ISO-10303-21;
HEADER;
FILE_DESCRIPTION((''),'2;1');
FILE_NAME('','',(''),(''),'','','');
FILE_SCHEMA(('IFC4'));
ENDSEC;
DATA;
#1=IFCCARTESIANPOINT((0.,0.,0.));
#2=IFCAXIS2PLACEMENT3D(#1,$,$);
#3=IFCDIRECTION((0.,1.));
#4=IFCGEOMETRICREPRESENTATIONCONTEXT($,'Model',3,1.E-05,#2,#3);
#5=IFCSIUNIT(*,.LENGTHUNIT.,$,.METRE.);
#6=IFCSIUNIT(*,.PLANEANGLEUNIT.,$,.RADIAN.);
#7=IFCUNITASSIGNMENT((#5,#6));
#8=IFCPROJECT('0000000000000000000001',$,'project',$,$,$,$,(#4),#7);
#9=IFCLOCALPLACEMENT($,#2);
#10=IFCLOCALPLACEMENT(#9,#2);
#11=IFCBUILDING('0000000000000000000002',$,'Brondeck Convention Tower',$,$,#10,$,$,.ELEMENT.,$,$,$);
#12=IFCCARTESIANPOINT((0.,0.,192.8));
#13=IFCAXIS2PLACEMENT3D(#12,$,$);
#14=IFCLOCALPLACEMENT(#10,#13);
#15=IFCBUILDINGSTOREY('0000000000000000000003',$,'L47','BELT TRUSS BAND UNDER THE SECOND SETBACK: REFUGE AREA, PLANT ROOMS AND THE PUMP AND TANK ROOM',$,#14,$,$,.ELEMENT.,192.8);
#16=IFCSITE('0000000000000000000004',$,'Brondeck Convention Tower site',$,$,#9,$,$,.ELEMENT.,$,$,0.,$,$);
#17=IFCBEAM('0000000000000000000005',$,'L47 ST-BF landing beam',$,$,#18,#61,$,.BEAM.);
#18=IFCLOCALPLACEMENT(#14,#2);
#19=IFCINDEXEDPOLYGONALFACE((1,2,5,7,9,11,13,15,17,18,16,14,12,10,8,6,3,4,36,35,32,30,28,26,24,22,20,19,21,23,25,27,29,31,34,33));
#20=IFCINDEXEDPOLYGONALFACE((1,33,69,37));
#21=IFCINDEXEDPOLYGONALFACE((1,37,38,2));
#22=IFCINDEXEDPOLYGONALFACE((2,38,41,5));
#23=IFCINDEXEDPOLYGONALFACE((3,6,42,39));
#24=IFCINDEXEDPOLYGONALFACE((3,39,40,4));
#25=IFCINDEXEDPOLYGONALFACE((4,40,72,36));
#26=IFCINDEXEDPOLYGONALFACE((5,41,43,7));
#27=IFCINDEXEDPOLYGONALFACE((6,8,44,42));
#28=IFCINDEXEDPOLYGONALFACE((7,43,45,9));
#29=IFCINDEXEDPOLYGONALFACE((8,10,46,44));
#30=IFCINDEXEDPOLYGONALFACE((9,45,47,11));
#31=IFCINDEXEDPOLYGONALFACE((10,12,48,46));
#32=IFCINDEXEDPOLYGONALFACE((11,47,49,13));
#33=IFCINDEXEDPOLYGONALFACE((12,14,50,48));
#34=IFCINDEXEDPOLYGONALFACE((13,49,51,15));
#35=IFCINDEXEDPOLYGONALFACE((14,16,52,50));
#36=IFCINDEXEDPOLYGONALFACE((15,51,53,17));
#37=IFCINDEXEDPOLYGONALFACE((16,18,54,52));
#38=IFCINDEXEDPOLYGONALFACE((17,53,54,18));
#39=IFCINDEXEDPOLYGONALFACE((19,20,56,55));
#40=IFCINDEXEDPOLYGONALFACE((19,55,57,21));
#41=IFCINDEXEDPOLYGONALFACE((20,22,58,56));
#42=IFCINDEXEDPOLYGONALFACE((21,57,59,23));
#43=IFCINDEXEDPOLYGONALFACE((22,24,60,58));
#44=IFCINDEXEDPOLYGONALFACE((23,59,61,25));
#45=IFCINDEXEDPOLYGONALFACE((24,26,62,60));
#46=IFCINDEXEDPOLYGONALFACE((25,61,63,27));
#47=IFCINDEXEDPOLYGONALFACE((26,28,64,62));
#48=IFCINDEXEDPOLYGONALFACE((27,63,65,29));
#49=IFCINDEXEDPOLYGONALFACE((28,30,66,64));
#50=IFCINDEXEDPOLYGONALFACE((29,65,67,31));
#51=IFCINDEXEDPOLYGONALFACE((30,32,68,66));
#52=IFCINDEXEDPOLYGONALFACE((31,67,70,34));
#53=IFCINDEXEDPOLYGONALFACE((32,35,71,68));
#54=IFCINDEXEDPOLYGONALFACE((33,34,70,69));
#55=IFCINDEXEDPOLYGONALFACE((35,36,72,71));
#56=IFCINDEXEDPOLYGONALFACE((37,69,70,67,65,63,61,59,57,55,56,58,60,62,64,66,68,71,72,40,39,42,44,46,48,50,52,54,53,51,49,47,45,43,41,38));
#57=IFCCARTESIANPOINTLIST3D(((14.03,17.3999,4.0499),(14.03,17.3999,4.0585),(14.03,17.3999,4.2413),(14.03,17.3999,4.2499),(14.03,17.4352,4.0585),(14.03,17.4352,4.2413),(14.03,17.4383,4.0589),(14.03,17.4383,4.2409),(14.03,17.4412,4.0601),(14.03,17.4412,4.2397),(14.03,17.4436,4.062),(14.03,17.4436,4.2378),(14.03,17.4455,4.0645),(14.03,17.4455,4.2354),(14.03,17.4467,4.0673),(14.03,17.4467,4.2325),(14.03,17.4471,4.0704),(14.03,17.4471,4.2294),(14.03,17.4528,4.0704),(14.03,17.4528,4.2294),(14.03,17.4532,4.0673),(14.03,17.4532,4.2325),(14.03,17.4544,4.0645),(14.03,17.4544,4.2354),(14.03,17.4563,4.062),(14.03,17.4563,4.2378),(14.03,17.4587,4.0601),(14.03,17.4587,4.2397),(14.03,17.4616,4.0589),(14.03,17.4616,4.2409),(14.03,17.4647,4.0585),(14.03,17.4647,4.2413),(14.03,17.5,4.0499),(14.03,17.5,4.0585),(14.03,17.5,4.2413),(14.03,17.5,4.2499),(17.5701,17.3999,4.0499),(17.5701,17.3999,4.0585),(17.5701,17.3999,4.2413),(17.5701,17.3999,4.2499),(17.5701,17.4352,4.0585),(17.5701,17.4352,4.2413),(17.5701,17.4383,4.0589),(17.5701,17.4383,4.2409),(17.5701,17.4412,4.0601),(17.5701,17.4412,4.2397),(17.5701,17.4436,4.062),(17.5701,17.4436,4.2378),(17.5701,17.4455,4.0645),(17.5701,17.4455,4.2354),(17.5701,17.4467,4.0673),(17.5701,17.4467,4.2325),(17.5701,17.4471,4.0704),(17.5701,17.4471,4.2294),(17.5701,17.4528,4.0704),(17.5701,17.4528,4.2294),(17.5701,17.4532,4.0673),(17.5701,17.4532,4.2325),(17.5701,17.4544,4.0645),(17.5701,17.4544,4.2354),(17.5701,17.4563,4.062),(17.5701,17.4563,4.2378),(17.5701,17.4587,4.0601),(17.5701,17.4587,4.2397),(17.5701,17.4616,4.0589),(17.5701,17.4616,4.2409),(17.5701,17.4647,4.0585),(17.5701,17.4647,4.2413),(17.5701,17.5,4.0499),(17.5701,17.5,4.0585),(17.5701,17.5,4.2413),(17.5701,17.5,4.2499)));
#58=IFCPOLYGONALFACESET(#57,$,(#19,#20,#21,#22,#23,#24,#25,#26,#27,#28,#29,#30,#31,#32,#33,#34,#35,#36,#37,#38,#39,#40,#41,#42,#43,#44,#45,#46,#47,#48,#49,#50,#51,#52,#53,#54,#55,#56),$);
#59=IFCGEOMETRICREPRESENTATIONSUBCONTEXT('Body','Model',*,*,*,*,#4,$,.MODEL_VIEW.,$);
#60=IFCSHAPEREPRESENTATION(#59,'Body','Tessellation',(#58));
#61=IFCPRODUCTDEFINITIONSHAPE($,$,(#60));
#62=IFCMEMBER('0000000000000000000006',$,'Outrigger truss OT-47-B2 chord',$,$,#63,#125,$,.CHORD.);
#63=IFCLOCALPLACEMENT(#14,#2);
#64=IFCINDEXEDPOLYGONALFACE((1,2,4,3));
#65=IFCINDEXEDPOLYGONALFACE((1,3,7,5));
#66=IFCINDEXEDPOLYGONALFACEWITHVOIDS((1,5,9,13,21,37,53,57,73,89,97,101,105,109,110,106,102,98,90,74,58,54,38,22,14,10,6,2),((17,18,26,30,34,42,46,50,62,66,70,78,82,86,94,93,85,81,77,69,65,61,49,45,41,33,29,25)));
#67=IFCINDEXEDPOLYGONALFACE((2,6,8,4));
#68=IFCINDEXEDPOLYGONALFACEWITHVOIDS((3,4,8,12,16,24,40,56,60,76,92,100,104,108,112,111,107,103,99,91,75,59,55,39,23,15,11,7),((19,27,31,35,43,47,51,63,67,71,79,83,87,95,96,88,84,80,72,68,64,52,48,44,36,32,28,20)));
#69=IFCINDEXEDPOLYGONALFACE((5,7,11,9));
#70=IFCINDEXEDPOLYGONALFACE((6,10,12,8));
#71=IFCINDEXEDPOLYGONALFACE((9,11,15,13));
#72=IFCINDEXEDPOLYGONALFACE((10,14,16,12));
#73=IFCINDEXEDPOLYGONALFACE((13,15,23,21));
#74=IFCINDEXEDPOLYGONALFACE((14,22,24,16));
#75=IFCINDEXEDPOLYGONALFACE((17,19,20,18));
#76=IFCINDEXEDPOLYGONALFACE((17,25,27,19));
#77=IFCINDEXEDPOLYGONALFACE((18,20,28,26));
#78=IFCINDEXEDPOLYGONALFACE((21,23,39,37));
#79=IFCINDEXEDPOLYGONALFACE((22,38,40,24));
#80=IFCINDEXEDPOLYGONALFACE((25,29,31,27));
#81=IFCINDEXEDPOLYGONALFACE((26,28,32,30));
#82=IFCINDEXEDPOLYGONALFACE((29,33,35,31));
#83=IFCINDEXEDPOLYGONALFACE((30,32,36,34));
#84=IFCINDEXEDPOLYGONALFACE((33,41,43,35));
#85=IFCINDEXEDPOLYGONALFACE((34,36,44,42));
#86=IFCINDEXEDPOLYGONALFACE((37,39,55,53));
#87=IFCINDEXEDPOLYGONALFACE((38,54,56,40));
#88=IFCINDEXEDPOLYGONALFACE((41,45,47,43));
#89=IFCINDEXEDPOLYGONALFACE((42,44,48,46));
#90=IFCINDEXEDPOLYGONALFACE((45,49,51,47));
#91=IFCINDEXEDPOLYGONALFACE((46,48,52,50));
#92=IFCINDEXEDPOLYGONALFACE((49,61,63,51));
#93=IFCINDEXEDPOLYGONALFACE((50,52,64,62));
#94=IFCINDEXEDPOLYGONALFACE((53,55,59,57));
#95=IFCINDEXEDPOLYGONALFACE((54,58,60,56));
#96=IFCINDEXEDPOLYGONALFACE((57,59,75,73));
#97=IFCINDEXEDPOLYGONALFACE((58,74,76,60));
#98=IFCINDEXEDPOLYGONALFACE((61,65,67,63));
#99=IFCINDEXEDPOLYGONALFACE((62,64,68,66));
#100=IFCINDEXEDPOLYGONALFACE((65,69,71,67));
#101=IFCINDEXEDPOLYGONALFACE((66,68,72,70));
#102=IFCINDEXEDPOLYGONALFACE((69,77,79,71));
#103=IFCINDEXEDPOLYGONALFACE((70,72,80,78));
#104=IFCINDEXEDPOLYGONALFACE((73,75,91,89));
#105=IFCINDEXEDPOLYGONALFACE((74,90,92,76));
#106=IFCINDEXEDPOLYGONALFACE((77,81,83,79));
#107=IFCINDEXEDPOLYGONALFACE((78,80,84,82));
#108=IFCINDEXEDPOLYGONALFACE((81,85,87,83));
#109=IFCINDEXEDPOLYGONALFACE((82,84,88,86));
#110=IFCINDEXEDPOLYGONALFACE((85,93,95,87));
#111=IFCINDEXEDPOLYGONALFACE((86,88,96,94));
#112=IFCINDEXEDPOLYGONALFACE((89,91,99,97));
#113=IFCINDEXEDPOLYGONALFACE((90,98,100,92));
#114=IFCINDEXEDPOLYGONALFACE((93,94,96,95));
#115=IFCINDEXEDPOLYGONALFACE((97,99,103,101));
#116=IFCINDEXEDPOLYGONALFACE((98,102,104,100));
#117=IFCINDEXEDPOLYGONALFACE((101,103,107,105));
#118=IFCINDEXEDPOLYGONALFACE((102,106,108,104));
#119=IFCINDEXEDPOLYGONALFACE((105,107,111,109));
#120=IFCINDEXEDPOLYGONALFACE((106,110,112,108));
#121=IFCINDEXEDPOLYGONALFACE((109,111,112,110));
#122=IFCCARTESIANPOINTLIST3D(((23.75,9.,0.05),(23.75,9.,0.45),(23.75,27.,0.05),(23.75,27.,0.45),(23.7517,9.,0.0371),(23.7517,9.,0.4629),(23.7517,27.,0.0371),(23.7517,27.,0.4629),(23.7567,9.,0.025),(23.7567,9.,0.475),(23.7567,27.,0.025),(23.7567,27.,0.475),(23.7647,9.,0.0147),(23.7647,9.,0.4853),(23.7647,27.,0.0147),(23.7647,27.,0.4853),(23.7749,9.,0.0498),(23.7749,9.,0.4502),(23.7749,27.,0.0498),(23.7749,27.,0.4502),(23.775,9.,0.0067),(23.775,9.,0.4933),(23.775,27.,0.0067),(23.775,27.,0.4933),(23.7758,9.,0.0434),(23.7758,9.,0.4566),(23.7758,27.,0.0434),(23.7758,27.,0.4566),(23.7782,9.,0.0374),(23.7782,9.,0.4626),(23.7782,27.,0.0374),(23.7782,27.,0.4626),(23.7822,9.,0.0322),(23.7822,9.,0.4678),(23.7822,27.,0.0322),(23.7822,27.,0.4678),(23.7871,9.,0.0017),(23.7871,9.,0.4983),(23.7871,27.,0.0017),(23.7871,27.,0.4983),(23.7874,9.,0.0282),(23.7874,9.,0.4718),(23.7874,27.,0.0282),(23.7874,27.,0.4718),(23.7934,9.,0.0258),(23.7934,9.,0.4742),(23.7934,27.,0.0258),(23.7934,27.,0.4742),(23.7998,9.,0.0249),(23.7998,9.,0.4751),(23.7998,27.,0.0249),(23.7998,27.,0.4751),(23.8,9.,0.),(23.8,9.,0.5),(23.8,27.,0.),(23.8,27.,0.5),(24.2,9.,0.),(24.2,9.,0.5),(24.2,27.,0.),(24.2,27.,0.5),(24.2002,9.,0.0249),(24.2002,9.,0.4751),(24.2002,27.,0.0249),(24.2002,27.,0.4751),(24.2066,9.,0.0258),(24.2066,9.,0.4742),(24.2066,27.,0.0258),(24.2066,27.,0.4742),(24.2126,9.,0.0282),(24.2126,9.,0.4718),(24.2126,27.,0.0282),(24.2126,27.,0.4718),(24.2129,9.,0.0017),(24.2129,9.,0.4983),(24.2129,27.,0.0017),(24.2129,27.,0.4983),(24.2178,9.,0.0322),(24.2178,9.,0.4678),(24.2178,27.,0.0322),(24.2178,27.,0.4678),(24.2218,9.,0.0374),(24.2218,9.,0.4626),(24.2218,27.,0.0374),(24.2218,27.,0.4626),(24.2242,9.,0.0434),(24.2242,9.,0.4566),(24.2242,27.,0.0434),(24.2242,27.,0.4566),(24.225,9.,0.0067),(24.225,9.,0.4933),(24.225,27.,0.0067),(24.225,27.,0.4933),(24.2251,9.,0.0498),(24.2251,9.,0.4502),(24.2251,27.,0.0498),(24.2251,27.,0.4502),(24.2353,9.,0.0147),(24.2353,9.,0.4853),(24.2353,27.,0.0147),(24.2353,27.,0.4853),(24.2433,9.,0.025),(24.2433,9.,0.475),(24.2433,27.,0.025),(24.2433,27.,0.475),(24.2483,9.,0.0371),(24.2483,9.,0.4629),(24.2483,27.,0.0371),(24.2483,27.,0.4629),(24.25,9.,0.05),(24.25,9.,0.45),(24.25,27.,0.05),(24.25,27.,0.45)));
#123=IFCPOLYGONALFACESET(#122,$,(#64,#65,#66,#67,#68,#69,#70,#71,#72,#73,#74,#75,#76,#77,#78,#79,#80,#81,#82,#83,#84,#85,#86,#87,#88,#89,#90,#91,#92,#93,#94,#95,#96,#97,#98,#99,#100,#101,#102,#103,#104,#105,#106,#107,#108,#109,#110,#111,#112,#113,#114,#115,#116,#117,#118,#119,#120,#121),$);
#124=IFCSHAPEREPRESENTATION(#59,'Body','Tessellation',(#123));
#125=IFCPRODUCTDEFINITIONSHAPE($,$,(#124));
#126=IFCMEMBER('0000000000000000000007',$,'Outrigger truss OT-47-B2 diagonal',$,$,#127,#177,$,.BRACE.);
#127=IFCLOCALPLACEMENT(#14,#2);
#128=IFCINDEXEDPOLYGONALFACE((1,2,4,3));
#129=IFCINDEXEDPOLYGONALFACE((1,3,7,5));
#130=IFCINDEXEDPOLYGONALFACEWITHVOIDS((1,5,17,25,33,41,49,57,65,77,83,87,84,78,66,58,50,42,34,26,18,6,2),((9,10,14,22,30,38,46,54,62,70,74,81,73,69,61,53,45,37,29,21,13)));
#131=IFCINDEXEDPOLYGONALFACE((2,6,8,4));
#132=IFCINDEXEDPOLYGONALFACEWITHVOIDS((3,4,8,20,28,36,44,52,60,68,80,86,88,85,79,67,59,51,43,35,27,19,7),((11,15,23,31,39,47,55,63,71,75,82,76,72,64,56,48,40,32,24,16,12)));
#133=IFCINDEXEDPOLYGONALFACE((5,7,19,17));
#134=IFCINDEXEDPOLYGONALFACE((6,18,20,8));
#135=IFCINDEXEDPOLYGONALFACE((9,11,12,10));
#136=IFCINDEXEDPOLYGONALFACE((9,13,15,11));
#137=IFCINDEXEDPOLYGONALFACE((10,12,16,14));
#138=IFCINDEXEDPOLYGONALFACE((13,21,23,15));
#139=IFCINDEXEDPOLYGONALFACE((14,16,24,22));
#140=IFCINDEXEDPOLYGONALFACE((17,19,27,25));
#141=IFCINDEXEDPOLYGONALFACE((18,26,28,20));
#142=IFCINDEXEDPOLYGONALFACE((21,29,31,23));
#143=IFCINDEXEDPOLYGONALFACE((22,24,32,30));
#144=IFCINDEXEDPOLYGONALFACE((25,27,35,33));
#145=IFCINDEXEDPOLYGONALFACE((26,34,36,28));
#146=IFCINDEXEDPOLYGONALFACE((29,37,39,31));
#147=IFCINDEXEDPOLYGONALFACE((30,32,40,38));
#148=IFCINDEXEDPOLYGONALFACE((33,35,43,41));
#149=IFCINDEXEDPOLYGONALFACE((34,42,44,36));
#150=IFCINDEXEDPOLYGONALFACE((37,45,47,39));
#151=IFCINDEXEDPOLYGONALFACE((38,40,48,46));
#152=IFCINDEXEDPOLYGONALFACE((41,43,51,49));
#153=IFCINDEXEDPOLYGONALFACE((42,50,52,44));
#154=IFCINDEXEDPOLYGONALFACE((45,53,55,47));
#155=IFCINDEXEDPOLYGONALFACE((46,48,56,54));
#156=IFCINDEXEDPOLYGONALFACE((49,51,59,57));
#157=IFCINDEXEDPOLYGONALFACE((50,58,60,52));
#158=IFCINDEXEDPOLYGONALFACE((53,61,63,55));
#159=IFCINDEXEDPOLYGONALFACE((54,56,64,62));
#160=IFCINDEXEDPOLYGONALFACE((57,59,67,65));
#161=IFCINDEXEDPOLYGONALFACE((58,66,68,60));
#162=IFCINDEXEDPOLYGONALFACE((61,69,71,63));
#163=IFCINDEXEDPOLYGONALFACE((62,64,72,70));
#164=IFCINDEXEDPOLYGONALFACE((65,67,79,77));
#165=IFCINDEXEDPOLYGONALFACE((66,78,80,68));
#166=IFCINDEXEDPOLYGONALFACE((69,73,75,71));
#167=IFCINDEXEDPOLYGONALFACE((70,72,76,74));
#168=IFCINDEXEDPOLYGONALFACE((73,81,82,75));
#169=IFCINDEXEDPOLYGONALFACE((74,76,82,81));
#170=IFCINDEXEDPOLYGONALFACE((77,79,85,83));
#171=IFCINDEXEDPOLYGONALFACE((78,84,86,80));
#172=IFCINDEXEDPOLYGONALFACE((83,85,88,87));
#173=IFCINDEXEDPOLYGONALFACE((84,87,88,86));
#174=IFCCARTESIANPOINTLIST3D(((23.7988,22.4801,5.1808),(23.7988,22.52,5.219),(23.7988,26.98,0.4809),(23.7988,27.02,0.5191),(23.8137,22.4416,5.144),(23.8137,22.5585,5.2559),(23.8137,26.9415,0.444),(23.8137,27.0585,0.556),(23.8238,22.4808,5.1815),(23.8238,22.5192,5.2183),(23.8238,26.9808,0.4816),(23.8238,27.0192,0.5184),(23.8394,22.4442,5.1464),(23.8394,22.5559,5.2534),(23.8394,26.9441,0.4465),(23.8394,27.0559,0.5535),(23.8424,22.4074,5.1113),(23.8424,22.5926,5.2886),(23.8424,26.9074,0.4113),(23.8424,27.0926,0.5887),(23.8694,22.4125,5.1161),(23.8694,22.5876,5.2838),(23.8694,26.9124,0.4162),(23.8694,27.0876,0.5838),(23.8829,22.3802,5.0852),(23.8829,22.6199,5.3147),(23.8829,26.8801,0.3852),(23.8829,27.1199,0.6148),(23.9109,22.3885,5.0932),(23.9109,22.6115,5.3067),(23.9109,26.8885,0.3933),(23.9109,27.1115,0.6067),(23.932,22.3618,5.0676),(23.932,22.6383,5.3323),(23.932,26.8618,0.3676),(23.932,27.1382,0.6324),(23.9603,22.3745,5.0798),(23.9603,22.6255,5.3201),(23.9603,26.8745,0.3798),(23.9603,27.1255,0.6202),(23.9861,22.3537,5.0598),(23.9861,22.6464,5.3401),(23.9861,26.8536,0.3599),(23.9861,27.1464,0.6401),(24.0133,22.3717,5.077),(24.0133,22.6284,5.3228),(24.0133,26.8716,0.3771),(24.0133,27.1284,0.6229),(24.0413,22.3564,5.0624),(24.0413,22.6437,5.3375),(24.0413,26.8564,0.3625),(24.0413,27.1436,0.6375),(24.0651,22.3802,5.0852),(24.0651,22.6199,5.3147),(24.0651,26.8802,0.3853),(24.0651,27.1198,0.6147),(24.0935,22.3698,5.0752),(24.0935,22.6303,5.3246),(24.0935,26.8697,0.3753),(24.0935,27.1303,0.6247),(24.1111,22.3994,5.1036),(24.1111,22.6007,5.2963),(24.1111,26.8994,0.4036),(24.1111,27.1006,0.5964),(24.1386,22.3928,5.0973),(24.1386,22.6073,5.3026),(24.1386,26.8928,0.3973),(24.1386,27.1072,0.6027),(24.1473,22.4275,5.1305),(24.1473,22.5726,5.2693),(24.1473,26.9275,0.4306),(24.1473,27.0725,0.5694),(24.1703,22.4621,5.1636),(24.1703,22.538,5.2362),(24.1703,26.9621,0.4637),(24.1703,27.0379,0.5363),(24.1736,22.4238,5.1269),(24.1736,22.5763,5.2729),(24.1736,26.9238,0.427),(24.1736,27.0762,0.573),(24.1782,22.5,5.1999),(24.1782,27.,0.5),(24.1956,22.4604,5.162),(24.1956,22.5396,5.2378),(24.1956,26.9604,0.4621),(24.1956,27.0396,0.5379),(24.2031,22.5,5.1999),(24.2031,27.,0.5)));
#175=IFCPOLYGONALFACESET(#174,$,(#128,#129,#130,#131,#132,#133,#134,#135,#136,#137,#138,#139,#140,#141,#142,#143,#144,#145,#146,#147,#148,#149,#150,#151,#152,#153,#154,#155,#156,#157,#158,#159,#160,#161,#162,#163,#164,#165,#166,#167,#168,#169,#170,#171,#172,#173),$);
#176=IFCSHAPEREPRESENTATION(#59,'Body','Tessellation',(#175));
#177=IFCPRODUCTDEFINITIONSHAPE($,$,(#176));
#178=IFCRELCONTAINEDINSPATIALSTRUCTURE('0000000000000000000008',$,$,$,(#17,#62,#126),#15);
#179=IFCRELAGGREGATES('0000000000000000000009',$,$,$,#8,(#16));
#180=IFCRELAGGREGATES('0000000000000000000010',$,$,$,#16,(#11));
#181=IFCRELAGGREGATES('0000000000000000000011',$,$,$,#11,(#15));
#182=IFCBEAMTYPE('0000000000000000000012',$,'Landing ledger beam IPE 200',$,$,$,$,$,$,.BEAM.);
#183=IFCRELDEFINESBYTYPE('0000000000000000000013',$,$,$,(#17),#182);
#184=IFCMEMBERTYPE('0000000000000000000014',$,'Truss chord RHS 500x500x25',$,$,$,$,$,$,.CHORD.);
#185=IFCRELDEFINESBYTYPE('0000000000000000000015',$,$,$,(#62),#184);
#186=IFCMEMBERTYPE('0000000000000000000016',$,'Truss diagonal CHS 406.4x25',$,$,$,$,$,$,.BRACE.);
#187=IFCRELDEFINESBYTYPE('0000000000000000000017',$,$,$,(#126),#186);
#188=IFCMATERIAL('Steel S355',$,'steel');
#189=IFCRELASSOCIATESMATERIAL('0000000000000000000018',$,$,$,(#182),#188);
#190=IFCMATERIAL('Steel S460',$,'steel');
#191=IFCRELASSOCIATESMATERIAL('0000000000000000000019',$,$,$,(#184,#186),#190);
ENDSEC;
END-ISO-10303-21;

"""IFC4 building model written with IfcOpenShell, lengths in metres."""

from ifc_helpers import new_model, si_unit, direction, frame, origin, origin_2d, place, context, subcontext, project, spatial, hollow_rectangle, hollow_circle, i_section, extrude, material, material_profile, profile_set, type_object, element, save


model = new_model("IFC4")

# Units and contexts
model_context = context("Model", 3, precision=1e-05, world=origin(), true_north=direction((0.0, 1.0)))
body_context = subcontext(model_context, "Body", "Model", "MODEL_VIEW")
ifc_project = project(units=[si_unit("LENGTHUNIT", "METRE"), si_unit("PLANEANGLEUNIT", "RADIAN")], contexts=[model_context])

# Site, building, storey
site_placement = place(None, origin())
site = spatial("IfcSite", under=ifc_project, at=site_placement, Name="Brondeck Convention Tower site", CompositionType="ELEMENT", RefElevation=0.0)
building_placement = place(site_placement, origin())
building = spatial("IfcBuilding", under=site, at=building_placement, Name="Brondeck Convention Tower", CompositionType="ELEMENT")
storey_placement = place(building_placement, frame((0.0, 0.0, 192.8)))
storey = spatial("IfcBuildingStorey", under=building, at=storey_placement, Name="L47", Description="BELT TRUSS BAND UNDER THE SECOND SETBACK: REFUGE AREA, PLANT ROOMS AND THE PUMP AND TANK ROOM", CompositionType="ELEMENT", Elevation=192.8)

# Beam
ifc_material_1 = material(Name="Steel S355", Category="steel")
ifc_material_profile_1 = material_profile(ifc_material_1, i_section(OverallWidth=0.1001, OverallDepth=0.2, WebThickness=0.0056, FlangeThickness=0.0085, FilletRadius=0.012, at=origin_2d()), Name="IPE200")
ifc_profile_set_1 = profile_set([ifc_material_profile_1], Name="Steel S355")
beam_type_1 = type_object("IfcBeamType", Name="Landing ledger beam IPE 200", PredefinedType="BEAM", material=ifc_profile_set_1)
for number, where, z_axis, x_axis, name in (
    (1, (17.5701, 17.45, 4.1499), (-1.0, 0.0, 0.0), (0.0, -1.0, 0.0), "L47 ST-BF landing beam"),
):
    element("IfcBeam", number, at=place(storey_placement, frame(where, z_axis=z_axis, x_axis=x_axis)), inside=storey, type_object=beam_type_1, Name=name, PredefinedType="BEAM", context=body_context, shape_type="SweptSolid", body=[
        extrude(i_section(OverallWidth=0.1001, OverallDepth=0.2, WebThickness=0.0056, FlangeThickness=0.0085, FilletRadius=0.012, at=origin_2d()), origin(), (0.0, 0.0, 1.0), 3.54),
    ])

# Members
ifc_material_2 = material(Name="Steel S460", Category="steel")
ifc_material_profile_2 = material_profile(ifc_material_2, hollow_rectangle(XDim=0.5, YDim=0.5, WallThickness=0.0249, InnerFilletRadius=0.0249, OuterFilletRadius=0.05, at=origin_2d()), Name="RHS 500x500x25")
ifc_profile_set_2 = profile_set([ifc_material_profile_2], Name="Steel S460")
member_type_1 = type_object("IfcMemberType", Name="Truss chord RHS 500x500x25", PredefinedType="CHORD", material=ifc_profile_set_2)
member_1_placement = place(storey_placement, frame((24.0, 27.0, 0.25), z_axis=(0.0, -1.0, 0.0), x_axis=(1.0, 0.0, 0.0)))
element("IfcMember", 2, at=member_1_placement, inside=storey, type_object=member_type_1, Name="Outrigger truss OT-47-B2 chord", PredefinedType="CHORD", context=body_context, shape_type="SweptSolid", body=[
    extrude(hollow_rectangle(XDim=0.5, YDim=0.5, WallThickness=0.0249, InnerFilletRadius=0.0249, OuterFilletRadius=0.05, at=origin_2d()), origin(), (0.0, 0.0, 1.0), 18.0),
])
ifc_material_profile_3 = material_profile(ifc_material_2, hollow_circle(Radius=0.2031, WallThickness=0.0249, at=origin_2d()), Name="CHS 406.4x25")
ifc_profile_set_3 = profile_set([ifc_material_profile_3], Name="Steel S460")
member_type_2 = type_object("IfcMemberType", Name="Truss diagonal CHS 406.4x25", PredefinedType="BRACE", material=ifc_profile_set_3)
for number, where, z_axis, x_axis, name in (
    (3, (24.0, 27.0, 0.5), (0.0, -0.691575, 0.722304), (1.0, 0.0, 0.0), "Outrigger truss OT-47-B2 diagonal"),
):
    element("IfcMember", number, at=place(storey_placement, frame(where, z_axis=z_axis, x_axis=x_axis)), inside=storey, type_object=member_type_2, Name=name, PredefinedType="BRACE", context=body_context, shape_type="SweptSolid", body=[
        extrude(hollow_circle(Radius=0.2031, WallThickness=0.0249, at=origin_2d()), origin(), (0.0, 0.0, 1.0), 6.5068),
    ])

save(model, "model.ifc")
